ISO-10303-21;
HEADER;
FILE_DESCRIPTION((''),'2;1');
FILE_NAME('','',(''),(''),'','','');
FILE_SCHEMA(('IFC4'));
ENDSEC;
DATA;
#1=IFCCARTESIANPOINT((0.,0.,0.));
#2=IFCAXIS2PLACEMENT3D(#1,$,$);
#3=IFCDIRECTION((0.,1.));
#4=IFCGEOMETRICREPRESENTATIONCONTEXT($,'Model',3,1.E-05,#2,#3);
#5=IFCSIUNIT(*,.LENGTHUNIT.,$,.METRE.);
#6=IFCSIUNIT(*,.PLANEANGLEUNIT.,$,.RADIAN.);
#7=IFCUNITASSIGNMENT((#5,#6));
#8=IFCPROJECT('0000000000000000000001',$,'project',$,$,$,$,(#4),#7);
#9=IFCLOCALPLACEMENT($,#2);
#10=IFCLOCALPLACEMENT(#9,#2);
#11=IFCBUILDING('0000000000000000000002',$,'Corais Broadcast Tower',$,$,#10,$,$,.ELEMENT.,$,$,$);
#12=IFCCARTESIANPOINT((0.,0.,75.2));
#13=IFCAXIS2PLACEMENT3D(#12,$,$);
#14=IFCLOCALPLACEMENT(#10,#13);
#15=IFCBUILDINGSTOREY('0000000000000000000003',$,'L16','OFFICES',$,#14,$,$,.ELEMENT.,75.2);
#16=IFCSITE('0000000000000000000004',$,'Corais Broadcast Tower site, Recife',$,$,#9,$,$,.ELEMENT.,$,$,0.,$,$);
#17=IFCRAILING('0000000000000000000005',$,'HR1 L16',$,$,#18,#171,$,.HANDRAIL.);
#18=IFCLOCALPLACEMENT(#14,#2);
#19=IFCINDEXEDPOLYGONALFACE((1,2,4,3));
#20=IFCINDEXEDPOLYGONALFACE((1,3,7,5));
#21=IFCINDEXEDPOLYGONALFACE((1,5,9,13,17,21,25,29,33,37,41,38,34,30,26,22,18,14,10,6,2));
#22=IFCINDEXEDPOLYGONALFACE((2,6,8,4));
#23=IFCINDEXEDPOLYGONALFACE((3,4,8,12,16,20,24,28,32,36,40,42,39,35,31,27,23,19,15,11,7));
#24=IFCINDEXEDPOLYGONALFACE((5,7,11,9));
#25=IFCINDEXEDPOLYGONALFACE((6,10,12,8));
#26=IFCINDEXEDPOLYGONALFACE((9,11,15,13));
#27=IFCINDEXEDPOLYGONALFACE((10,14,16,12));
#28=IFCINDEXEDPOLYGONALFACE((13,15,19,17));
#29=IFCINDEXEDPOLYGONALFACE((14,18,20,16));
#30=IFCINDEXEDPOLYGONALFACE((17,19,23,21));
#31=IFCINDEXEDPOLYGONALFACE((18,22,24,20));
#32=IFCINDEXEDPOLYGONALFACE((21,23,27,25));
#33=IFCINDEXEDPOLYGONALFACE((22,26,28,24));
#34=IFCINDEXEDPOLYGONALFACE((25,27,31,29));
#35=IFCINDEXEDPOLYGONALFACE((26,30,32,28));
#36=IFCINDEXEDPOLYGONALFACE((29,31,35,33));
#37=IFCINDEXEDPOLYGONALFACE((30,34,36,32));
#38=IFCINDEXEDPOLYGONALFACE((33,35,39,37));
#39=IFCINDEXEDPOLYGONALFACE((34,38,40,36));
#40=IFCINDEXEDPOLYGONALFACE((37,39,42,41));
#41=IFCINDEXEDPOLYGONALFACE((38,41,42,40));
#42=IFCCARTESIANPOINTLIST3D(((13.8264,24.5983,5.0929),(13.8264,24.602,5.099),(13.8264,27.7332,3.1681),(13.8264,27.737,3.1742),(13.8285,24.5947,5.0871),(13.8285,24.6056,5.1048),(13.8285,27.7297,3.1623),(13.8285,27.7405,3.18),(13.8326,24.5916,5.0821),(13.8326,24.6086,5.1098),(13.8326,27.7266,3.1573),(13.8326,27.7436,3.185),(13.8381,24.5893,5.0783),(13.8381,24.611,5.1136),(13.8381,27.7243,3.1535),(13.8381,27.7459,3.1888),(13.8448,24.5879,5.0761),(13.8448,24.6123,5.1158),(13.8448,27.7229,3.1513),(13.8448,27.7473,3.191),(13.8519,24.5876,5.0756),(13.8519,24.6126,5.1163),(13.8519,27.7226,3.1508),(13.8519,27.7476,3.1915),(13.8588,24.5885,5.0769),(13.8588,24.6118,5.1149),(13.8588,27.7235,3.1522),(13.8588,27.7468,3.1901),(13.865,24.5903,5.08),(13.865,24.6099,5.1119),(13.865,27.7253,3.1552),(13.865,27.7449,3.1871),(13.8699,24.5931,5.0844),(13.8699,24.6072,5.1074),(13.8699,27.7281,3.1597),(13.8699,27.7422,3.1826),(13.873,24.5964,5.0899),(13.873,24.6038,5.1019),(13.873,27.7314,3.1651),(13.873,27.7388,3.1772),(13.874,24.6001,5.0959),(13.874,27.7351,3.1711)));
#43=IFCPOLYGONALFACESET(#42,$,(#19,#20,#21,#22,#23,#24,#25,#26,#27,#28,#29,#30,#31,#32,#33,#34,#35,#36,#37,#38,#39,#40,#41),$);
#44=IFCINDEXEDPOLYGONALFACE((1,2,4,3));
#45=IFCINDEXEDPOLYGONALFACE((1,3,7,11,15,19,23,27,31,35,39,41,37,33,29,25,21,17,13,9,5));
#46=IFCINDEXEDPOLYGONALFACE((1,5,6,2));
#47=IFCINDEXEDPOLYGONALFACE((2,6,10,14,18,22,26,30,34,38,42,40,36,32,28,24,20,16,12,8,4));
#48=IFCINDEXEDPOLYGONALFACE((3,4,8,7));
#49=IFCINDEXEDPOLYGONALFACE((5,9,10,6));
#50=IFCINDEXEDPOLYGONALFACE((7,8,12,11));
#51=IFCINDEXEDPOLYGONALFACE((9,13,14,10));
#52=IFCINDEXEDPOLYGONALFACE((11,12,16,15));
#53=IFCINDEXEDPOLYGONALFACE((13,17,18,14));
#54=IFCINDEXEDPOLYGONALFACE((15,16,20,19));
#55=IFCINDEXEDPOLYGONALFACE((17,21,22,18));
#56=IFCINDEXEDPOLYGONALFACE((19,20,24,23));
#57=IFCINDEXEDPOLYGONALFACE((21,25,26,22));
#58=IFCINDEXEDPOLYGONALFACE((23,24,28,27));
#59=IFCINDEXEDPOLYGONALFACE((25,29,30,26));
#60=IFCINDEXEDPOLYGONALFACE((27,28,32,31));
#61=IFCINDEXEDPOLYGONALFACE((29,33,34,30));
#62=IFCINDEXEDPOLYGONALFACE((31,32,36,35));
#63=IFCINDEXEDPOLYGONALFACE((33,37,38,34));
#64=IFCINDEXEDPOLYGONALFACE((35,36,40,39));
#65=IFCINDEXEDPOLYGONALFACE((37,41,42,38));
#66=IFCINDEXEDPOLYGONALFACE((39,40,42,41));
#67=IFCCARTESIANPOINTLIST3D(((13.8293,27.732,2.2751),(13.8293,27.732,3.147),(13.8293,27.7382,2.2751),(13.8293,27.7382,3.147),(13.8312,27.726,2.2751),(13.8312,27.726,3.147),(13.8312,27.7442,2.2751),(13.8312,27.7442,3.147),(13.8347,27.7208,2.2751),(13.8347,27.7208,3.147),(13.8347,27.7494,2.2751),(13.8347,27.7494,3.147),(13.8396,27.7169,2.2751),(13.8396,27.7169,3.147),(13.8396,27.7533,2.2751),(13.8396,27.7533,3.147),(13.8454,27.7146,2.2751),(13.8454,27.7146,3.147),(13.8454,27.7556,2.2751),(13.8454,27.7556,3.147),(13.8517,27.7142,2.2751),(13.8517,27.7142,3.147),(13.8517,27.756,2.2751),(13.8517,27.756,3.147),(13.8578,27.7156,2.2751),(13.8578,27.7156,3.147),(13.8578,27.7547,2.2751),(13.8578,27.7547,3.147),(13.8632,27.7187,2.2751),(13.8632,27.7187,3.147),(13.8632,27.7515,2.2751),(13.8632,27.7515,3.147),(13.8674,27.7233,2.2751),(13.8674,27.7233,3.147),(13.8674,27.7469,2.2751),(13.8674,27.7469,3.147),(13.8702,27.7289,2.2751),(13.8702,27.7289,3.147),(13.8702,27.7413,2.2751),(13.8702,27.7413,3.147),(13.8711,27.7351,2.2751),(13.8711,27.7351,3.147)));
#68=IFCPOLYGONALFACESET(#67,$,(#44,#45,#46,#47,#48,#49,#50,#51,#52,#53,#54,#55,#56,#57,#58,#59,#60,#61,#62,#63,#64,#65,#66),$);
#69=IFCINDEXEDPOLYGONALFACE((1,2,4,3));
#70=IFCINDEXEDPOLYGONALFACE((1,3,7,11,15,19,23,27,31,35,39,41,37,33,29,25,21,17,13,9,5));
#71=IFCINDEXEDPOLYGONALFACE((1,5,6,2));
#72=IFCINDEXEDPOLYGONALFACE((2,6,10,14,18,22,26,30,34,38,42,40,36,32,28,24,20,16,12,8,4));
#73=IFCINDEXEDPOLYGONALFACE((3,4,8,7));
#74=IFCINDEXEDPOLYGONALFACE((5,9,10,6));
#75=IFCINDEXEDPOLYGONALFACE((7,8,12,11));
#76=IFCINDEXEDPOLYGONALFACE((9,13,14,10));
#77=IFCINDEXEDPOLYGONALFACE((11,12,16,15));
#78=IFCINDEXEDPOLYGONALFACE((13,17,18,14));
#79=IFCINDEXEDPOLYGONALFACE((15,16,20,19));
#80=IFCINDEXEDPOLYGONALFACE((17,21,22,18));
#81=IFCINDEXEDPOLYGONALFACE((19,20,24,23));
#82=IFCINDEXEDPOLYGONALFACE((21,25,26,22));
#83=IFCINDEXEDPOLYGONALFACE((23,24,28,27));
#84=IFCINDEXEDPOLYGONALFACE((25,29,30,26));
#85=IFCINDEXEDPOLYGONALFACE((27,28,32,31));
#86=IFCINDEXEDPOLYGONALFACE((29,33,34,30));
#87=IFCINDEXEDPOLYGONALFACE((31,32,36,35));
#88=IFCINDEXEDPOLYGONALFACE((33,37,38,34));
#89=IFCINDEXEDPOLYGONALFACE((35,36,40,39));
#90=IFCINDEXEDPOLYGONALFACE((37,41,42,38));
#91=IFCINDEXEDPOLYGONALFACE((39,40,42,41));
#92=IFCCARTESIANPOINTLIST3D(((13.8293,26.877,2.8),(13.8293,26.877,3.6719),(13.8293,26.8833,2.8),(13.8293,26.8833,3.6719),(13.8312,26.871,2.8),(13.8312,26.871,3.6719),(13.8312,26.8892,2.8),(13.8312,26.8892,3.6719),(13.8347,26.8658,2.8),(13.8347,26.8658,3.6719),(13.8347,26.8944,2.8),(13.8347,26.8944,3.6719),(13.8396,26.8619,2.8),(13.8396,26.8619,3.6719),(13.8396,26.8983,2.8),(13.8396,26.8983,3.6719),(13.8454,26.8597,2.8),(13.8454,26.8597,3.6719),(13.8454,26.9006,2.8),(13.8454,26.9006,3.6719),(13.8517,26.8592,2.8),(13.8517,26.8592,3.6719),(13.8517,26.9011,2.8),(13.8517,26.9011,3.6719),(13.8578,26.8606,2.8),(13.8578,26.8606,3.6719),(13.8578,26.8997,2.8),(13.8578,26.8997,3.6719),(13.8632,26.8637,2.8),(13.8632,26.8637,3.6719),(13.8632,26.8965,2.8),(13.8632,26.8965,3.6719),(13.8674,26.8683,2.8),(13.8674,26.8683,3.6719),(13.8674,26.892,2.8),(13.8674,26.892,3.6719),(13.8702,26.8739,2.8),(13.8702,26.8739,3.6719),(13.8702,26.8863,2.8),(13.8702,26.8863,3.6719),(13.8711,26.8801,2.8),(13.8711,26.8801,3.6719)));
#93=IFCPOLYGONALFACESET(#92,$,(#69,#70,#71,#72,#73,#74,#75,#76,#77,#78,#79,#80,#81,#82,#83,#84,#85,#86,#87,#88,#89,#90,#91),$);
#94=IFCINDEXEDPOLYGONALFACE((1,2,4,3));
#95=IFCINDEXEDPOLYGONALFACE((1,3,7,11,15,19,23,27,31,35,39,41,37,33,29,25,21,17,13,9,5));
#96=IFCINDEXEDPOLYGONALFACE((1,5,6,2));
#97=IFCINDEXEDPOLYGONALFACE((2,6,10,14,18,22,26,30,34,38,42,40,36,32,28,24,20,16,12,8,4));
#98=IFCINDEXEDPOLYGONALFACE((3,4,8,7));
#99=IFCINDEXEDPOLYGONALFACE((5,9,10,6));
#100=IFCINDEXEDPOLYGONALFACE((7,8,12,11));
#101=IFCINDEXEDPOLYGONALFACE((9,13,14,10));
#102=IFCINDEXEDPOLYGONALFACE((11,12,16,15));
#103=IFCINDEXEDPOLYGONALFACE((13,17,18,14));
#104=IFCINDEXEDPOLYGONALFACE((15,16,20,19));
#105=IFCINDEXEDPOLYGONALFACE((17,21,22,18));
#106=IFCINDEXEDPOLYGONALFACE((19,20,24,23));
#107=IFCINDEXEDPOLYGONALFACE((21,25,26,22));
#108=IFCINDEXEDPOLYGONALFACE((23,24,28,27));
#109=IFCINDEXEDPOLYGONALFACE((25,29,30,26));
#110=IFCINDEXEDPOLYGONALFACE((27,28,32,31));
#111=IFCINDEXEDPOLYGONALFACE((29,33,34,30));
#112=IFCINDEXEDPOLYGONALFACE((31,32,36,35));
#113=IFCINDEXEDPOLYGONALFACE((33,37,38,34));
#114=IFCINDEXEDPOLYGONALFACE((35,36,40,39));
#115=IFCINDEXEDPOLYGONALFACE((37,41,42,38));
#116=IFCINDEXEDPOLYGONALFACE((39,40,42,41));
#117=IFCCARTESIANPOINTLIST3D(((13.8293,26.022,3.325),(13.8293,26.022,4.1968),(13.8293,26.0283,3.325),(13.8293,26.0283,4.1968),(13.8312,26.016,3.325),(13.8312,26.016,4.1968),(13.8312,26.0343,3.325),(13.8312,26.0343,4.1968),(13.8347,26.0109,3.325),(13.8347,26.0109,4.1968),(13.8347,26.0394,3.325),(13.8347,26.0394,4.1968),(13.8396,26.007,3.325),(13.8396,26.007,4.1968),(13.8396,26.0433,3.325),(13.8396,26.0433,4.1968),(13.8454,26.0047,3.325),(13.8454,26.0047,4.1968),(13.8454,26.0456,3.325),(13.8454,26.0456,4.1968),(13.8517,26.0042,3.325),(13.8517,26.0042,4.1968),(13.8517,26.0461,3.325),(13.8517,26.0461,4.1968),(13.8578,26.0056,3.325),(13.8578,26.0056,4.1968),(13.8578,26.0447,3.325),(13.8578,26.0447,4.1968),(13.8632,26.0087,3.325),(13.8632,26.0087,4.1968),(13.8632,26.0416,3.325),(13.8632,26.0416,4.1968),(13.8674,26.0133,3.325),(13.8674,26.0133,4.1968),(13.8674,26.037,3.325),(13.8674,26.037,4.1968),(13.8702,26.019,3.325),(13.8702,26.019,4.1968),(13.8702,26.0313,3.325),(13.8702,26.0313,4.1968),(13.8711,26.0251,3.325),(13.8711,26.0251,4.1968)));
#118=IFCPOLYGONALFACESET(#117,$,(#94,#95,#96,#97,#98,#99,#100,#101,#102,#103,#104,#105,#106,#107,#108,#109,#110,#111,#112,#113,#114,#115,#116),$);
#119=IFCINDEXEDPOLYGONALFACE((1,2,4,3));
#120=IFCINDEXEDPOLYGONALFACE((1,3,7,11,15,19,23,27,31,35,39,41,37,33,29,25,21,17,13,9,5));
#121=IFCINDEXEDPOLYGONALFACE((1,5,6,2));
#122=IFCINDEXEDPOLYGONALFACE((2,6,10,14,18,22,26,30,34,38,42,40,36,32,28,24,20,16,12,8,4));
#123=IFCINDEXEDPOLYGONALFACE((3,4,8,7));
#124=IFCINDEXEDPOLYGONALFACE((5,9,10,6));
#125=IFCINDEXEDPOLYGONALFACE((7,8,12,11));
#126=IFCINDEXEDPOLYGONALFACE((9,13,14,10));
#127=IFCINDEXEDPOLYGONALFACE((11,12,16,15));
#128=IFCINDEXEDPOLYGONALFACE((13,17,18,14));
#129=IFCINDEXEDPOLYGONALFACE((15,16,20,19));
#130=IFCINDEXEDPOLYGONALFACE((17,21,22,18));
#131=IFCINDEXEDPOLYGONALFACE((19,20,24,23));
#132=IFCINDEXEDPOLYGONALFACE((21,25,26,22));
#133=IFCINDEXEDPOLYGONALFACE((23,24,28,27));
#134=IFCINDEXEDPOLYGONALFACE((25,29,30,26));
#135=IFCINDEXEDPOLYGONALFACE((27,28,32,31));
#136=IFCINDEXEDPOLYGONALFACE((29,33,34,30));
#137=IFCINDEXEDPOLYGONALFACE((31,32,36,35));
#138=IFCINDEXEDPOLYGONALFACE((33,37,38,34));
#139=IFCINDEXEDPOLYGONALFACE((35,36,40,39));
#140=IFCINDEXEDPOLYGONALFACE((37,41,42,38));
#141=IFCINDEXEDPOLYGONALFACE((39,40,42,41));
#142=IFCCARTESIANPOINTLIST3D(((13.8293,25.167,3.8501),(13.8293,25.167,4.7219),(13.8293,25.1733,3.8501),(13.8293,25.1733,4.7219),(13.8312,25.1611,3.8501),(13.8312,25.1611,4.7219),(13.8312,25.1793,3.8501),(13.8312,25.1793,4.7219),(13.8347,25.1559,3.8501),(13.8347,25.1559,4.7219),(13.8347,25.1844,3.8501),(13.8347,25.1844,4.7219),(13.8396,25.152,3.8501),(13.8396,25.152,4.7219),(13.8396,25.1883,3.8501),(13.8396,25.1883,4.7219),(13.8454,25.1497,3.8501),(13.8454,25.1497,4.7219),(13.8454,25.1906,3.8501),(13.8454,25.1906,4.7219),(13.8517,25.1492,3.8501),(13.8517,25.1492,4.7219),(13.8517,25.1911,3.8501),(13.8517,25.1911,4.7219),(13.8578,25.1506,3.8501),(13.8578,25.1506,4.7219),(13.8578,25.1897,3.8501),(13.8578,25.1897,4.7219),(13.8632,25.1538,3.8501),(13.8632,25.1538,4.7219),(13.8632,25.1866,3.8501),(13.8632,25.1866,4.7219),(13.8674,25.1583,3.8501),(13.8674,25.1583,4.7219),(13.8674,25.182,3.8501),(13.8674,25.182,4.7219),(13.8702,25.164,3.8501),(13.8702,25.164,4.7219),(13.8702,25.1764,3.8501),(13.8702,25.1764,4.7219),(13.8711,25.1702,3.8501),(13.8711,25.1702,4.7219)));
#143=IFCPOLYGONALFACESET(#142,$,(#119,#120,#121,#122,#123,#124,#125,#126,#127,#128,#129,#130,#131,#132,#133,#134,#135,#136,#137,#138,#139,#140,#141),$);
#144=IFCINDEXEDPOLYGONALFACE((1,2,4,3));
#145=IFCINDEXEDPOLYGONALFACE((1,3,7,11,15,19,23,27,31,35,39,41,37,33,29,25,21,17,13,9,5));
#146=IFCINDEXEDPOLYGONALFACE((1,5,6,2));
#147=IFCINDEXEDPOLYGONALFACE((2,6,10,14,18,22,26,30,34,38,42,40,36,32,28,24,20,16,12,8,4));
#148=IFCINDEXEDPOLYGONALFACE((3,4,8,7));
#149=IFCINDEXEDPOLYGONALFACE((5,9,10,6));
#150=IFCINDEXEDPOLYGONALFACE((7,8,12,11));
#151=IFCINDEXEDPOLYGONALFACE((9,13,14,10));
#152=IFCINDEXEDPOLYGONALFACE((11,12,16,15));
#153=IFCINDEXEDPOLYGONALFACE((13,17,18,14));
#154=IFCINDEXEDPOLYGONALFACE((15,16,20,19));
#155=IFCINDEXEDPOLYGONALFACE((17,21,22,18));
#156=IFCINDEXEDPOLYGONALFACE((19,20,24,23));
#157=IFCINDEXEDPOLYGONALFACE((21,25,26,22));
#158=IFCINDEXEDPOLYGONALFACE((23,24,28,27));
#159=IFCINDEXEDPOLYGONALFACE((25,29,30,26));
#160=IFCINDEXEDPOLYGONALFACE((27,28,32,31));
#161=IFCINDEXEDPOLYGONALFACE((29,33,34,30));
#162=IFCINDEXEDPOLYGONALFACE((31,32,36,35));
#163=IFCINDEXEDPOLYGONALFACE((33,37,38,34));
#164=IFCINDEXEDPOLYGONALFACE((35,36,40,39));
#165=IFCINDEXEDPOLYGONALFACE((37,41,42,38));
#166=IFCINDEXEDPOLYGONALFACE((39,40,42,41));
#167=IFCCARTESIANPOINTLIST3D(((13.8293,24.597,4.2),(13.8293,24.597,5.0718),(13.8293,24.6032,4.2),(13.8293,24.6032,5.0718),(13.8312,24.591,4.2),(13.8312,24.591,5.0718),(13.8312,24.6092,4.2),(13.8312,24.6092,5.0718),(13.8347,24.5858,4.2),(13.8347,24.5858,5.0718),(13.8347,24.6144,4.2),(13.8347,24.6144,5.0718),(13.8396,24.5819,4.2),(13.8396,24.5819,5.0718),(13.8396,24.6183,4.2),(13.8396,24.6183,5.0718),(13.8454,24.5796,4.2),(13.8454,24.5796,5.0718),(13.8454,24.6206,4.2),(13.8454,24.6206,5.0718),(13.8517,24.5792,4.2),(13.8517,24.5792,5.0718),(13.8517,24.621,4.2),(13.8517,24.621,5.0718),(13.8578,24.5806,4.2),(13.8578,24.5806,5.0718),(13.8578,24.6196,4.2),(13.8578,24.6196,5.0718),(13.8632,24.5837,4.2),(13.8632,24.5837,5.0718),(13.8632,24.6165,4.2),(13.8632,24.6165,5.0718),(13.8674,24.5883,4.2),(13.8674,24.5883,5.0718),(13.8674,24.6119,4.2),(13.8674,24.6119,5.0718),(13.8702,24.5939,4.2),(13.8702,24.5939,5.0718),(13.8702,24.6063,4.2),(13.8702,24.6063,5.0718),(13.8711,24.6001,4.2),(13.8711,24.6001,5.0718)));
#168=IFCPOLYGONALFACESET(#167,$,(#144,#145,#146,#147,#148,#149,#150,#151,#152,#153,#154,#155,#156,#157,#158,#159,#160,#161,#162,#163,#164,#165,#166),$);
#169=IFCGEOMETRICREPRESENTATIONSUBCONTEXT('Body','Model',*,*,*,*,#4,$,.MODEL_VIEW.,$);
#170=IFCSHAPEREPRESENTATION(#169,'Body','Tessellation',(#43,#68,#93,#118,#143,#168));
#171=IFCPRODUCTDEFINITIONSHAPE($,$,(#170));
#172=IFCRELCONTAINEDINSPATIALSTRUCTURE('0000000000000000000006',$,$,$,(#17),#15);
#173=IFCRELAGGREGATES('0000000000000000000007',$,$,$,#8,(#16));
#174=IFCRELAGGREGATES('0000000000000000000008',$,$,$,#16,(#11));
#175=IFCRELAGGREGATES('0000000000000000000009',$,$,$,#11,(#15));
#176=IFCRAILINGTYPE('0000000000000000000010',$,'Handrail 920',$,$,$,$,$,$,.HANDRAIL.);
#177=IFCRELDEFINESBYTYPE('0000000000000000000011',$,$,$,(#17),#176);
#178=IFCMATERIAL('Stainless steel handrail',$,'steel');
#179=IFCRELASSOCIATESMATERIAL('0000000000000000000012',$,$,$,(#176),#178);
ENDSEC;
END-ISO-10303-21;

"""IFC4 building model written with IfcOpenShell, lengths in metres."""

from ifc_helpers import new_model, si_unit, direction, frame, origin, origin_2d, place, context, subcontext, project, spatial, circle, extrude, material, type_object, element, save


model = new_model("IFC4")

# Units and contexts
model_context = context("Model", 3, precision=1e-05, world=origin(), true_north=direction((0.0, 1.0)))
body_context = subcontext(model_context, "Body", "Model", "MODEL_VIEW")
ifc_project = project(units=[si_unit("LENGTHUNIT", "METRE"), si_unit("PLANEANGLEUNIT", "RADIAN")], contexts=[model_context])

# Site, building, storey
site_placement = place(None, origin())
site = spatial("IfcSite", under=ifc_project, at=site_placement, Name="Corais Broadcast Tower site, Recife", CompositionType="ELEMENT", RefElevation=0.0)
building_placement = place(site_placement, origin())
building = spatial("IfcBuilding", under=site, at=building_placement, Name="Corais Broadcast Tower", CompositionType="ELEMENT")
storey_placement = place(building_placement, frame((0.0, 0.0, 75.2)))
storey = spatial("IfcBuildingStorey", under=building, at=storey_placement, Name="L16", Description="OFFICES", CompositionType="ELEMENT", Elevation=75.2)

# Railing
ifc_material_1 = material(Name="Stainless steel handrail", Category="steel")
railing_type = type_object("IfcRailingType", Name="Handrail 920", PredefinedType="HANDRAIL", material=ifc_material_1)
railing_placement = place(storey_placement, frame((13.8501, 27.7351, 2.2751)))
element("IfcRailing", 1, at=railing_placement, inside=storey, type_object=railing_type, Name="HR1 L16", PredefinedType="HANDRAIL", context=body_context, shape_type="SweptSolid", body=[
    extrude(circle(Radius=0.0239, at=origin_2d()), frame((0.0, 0.0, 0.896), z_axis=(0.0, -0.852196, 0.523223), x_axis=(1.0, 0.0, 0.0)), (0.0, 0.0, 1.0), 3.6787),
    extrude(circle(Radius=0.021, at=origin_2d()), origin(), (0.0, 0.0, 1.0), 0.8718),
    extrude(circle(Radius=0.021, at=origin_2d()), frame((0.0, -0.855, 0.5249)), (0.0, 0.0, 1.0), 0.8718),
    extrude(circle(Radius=0.021, at=origin_2d()), frame((0.0, -1.71, 1.0498)), (0.0, 0.0, 1.0), 0.8718),
    extrude(circle(Radius=0.021, at=origin_2d()), frame((0.0, -2.5649, 1.575)), (0.0, 0.0, 1.0), 0.8718),
    extrude(circle(Radius=0.021, at=origin_2d()), frame((0.0, -3.135, 1.9248)), (0.0, 0.0, 1.0), 0.8718),
])

save(model, "model.ifc")
